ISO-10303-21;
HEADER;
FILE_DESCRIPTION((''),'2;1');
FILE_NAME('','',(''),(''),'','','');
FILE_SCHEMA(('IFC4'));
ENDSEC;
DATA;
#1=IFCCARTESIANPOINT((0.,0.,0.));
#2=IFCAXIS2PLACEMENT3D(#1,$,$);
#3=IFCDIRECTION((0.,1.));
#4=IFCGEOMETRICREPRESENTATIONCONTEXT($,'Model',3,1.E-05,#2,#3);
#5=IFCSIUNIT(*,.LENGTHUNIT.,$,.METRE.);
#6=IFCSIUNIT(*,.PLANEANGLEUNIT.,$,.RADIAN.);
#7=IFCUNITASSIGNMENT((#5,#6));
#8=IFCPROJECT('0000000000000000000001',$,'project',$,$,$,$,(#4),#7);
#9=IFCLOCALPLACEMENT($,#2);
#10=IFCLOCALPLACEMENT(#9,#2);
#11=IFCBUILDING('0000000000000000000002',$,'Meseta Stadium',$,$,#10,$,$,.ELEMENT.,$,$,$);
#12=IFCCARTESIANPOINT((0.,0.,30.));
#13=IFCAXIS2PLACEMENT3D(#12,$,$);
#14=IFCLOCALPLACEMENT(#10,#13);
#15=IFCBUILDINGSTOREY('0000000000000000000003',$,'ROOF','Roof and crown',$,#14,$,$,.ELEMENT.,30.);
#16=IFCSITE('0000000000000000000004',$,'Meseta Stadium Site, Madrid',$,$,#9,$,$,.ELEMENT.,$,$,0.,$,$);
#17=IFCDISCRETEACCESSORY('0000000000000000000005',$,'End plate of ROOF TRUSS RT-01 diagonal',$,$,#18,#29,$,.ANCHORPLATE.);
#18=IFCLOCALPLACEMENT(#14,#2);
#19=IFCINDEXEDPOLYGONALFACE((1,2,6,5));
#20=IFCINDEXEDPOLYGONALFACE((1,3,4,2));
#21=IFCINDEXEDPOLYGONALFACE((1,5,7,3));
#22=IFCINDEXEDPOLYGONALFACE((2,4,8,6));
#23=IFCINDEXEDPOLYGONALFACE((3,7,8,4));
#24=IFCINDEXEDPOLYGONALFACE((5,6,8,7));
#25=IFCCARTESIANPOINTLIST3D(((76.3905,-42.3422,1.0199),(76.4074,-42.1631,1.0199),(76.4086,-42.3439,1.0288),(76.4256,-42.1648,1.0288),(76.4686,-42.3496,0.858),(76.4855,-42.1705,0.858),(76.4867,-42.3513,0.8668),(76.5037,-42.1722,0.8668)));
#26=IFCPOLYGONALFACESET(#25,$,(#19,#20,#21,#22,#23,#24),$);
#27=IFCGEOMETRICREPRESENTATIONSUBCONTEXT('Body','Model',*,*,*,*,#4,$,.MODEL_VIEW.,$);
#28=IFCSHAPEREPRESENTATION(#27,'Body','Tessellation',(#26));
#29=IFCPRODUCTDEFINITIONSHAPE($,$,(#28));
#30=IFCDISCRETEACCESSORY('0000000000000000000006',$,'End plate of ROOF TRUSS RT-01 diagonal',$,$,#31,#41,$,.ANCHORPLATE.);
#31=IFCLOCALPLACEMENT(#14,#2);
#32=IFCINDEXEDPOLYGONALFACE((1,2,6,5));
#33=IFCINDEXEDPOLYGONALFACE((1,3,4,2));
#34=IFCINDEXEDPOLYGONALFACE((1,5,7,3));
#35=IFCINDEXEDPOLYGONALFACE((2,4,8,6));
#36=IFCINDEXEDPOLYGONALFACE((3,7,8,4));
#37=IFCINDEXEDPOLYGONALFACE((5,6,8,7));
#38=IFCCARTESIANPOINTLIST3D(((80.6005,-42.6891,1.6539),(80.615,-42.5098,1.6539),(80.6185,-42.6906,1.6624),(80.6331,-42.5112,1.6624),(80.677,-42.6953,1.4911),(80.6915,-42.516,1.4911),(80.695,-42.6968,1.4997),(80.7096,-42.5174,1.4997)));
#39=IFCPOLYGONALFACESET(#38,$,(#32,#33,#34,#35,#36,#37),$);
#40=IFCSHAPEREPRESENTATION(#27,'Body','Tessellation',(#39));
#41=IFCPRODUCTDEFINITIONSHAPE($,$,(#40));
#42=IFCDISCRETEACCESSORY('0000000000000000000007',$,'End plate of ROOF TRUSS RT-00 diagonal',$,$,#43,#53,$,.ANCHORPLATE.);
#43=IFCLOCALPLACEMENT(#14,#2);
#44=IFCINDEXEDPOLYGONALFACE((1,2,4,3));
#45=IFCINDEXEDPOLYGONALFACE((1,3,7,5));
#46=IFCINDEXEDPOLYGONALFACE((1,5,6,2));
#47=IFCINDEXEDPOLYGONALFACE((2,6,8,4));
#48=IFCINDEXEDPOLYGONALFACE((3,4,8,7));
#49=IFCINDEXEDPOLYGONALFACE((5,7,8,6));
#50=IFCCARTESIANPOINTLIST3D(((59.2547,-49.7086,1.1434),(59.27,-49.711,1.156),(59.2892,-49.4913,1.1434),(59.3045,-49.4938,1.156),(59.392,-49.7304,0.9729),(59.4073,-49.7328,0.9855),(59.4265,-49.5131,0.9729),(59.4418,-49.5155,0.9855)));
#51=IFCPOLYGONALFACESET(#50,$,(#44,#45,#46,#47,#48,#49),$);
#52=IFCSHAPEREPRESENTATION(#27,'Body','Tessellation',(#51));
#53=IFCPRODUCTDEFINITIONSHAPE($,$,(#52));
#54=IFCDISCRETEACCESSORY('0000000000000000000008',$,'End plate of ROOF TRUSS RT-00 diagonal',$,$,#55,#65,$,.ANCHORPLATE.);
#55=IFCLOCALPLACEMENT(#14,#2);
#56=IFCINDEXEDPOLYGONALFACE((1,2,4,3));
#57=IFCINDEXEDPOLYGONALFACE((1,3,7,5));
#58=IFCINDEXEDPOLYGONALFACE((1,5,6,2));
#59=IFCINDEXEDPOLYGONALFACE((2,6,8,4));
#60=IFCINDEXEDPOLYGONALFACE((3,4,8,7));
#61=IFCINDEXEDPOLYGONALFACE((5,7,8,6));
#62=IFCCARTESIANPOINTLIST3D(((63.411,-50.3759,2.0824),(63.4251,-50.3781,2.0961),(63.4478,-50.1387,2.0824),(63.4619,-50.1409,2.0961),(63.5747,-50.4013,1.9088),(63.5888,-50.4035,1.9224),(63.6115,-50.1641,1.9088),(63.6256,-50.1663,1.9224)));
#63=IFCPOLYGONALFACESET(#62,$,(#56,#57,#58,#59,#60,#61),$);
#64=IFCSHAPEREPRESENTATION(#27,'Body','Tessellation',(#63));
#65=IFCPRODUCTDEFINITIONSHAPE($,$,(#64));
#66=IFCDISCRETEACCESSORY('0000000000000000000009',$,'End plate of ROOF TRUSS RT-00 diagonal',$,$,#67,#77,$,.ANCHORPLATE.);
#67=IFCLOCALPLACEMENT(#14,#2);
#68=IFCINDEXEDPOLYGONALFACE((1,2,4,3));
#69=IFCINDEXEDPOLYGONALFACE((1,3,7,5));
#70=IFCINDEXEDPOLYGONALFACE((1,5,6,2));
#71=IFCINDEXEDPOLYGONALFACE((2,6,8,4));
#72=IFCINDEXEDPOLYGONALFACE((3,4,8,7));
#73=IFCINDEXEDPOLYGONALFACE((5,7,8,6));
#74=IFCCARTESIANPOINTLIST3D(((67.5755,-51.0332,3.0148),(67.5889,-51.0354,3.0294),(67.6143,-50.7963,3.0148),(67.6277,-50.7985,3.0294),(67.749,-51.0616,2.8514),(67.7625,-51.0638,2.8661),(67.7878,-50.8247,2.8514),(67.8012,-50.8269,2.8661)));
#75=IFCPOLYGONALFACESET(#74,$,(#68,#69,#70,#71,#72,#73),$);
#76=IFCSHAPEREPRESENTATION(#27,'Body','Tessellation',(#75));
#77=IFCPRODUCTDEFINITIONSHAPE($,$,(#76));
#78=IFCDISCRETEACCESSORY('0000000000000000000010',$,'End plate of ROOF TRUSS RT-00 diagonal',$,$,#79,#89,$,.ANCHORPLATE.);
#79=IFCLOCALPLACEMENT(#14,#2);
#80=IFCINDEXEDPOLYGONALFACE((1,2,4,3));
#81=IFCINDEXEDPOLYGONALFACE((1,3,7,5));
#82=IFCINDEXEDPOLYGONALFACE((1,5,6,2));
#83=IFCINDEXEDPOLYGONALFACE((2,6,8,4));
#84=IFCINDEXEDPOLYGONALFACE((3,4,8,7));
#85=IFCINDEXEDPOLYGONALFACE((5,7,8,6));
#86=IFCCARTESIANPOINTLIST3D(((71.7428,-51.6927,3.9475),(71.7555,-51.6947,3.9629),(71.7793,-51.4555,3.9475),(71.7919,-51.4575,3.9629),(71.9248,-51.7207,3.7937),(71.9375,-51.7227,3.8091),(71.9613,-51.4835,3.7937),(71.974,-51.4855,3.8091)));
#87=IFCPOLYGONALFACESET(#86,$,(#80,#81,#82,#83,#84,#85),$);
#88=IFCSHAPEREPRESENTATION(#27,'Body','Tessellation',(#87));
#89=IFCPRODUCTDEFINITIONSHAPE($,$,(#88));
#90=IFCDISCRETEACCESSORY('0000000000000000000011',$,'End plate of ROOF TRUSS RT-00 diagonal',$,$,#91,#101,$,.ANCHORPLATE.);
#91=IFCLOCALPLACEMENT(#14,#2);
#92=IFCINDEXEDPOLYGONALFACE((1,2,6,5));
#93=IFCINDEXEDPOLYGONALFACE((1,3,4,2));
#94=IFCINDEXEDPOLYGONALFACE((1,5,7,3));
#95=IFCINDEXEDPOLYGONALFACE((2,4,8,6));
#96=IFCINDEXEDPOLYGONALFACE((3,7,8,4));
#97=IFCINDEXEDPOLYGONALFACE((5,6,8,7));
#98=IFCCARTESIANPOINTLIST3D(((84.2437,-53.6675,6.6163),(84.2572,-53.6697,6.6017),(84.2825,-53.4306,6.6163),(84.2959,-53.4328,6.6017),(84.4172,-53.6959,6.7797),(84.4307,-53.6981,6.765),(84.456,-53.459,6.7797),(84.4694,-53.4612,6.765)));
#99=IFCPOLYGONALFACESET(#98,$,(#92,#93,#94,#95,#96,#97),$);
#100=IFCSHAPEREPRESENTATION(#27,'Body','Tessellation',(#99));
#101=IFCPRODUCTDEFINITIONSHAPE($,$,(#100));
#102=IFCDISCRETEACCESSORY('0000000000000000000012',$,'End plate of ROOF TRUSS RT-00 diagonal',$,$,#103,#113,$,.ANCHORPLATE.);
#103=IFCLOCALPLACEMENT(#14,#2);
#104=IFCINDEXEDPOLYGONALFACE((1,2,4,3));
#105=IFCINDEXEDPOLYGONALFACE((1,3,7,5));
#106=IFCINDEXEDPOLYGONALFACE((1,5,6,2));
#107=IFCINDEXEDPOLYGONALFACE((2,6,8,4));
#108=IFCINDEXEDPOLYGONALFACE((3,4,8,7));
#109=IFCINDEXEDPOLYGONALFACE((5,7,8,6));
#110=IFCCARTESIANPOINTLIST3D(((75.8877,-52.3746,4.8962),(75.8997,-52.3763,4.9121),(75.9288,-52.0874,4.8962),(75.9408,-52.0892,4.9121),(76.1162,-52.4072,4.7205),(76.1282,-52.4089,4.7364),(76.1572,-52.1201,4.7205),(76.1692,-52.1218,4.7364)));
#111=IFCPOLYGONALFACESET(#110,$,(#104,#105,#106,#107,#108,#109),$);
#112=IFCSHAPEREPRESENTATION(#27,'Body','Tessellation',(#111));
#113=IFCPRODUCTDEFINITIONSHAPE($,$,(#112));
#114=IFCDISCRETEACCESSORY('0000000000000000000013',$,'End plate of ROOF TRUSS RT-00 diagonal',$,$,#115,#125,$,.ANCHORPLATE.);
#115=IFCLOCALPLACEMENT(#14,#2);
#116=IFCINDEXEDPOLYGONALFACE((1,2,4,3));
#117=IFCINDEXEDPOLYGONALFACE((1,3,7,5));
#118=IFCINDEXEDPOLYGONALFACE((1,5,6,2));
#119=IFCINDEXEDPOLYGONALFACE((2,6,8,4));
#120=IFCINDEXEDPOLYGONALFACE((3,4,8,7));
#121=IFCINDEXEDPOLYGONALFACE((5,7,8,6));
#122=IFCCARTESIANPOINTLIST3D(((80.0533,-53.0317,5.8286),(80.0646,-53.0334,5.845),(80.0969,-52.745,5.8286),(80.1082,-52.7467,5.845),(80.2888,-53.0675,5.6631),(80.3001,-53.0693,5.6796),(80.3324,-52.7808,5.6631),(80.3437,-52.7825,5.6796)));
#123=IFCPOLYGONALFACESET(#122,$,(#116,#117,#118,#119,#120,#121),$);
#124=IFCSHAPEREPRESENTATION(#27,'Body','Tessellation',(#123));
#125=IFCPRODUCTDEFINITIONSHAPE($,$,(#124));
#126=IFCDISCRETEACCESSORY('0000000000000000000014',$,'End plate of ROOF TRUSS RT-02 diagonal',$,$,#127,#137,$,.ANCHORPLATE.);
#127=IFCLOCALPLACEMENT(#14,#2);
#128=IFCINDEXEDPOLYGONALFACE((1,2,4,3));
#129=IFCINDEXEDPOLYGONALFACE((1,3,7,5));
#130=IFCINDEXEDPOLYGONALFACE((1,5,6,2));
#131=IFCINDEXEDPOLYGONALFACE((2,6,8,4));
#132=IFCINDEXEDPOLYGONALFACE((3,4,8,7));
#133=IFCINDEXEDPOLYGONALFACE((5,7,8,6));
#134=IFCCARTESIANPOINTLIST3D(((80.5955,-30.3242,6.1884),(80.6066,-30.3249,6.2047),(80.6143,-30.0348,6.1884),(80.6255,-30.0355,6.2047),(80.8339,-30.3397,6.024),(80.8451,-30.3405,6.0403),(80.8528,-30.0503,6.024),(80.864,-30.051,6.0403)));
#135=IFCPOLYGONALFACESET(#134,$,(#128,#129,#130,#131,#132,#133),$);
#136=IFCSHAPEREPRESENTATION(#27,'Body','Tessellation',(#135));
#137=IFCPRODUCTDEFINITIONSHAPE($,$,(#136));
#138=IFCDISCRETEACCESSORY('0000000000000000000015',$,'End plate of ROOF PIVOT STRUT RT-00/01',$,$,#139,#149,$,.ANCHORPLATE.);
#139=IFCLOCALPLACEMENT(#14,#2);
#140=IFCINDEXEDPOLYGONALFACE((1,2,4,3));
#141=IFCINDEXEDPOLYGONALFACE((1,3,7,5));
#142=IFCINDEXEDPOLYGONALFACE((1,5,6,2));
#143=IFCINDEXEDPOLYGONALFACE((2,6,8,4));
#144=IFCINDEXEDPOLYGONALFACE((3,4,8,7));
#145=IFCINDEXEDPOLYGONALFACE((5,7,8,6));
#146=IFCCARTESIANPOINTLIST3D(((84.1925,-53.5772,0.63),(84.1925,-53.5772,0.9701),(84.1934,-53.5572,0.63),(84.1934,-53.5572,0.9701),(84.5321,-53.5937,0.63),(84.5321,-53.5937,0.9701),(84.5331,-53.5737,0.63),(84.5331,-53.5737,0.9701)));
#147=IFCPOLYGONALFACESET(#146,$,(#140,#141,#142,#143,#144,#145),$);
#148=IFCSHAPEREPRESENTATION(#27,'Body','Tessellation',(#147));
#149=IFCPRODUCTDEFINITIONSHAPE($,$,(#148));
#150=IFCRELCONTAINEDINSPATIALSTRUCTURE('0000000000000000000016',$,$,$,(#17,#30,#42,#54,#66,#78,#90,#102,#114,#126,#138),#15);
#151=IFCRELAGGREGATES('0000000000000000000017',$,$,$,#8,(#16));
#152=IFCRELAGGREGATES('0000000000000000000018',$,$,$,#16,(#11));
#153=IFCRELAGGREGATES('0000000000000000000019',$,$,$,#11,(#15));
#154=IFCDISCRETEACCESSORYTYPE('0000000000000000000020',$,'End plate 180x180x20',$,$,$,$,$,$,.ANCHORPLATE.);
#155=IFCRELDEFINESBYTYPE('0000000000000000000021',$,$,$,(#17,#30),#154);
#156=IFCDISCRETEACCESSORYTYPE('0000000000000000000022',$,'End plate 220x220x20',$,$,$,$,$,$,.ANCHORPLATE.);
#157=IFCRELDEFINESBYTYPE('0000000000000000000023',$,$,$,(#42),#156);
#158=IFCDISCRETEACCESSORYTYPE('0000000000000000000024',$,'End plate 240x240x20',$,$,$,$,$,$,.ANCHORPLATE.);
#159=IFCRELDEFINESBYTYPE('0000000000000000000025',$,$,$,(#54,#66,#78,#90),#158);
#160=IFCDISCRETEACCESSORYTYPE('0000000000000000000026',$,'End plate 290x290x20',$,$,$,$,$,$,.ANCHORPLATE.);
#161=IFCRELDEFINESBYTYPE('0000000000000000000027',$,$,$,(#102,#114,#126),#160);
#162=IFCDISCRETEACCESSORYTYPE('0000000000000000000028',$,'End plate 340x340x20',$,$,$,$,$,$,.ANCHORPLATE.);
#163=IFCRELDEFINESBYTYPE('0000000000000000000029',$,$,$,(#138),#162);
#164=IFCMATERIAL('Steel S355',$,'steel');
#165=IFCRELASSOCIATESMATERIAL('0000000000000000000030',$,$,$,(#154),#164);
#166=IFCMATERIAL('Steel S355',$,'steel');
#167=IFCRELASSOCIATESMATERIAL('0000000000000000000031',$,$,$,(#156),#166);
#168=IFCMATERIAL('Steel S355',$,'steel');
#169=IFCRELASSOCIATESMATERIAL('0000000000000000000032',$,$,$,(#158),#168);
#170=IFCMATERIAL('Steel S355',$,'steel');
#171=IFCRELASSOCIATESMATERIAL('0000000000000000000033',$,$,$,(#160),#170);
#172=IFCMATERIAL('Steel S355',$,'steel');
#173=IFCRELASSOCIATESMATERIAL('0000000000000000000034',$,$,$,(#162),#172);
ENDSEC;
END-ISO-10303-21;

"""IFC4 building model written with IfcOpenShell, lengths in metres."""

from ifc_helpers import new_model, si_unit, direction, frame, origin, origin_2d, place, context, subcontext, project, spatial, rectangle, extrude, material, material_profile, profile_set, type_object, element, save


model = new_model("IFC4")

# Units and contexts
model_context = context("Model", 3, precision=1e-05, world=origin(), true_north=direction((0.0, 1.0)))
body_context = subcontext(model_context, "Body", "Model", "MODEL_VIEW")
ifc_project = project(units=[si_unit("LENGTHUNIT", "METRE"), si_unit("PLANEANGLEUNIT", "RADIAN")], contexts=[model_context])

# Site, building, storey
site_placement = place(None, origin())
site = spatial("IfcSite", under=ifc_project, at=site_placement, Name="Meseta Stadium Site, Madrid", CompositionType="ELEMENT", RefElevation=0.0)
building_placement = place(site_placement, origin())
building = spatial("IfcBuilding", under=site, at=building_placement, Name="Meseta Stadium", CompositionType="ELEMENT")
storey_placement = place(building_placement, frame((0.0, 0.0, 30.0)))
storey = spatial("IfcBuildingStorey", under=building, at=storey_placement, Name="ROOF", Description="Roof and crown", CompositionType="ELEMENT", Elevation=30.0)

# Discrete accessories
ifc_material_1 = material(Name="Steel S355", Category="steel")
ifc_material_profile_1 = material_profile(ifc_material_1, rectangle(XDim=0.1799, YDim=0.1799, at=origin_2d()), Name="PL 180x180")
ifc_profile_set_1 = profile_set([ifc_material_profile_1], Name="Steel S355")
discrete_accessory_type_1 = type_object("IfcDiscreteAccessoryType", Name="End plate 180x180x20", PredefinedType="ANCHORPLATE", material=ifc_profile_set_1)
discrete_accessory_1_placement = place(storey_placement, frame((76.438, -42.2563, 0.939), z_axis=(0.895999, -0.084757, 0.435892), x_axis=(0.094174, 0.995556, 0.0)))
element("IfcDiscreteAccessory", 1, at=discrete_accessory_1_placement, inside=storey, type_object=discrete_accessory_type_1, Name="End plate of ROOF TRUSS RT-01 diagonal", PredefinedType="ANCHORPLATE", context=body_context, shape_type="SweptSolid", body=[
    extrude(rectangle(XDim=0.1799, YDim=0.1799, at=origin_2d()), origin(), (0.0, 0.0, 1.0), 0.0203),
])
discrete_accessory_2_placement = place(storey_placement, frame((80.646, -42.6025, 1.5725), z_axis=(0.901568, -0.0731, 0.426417), x_axis=(0.080816, 0.996729, 0.0)))
element("IfcDiscreteAccessory", 2, at=discrete_accessory_2_placement, inside=storey, type_object=discrete_accessory_type_1, Name="End plate of ROOF TRUSS RT-01 diagonal", PredefinedType="ANCHORPLATE", context=body_context, shape_type="SweptSolid", body=[
    extrude(rectangle(XDim=0.1799, YDim=0.1799, at=origin_2d()), origin(), (0.0, 0.0, 1.0), 0.02),
])
ifc_material_2 = material(Name="Steel S355", Category="steel")
ifc_material_profile_2 = material_profile(ifc_material_2, rectangle(XDim=0.22, YDim=0.22, at=origin_2d()), Name="PL 220x220")
ifc_profile_set_2 = profile_set([ifc_material_profile_2], Name="Steel S355")
discrete_accessory_type_2 = type_object("IfcDiscreteAccessoryType", Name="End plate 220x220x20", PredefinedType="ANCHORPLATE", material=ifc_profile_set_2)
discrete_accessory_3_placement = place(storey_placement, frame((59.3406, -49.6108, 1.0581), z_axis=(0.765508, -0.121509, 0.631848), x_axis=(0.156768, 0.987636, 0.0)))
element("IfcDiscreteAccessory", 3, at=discrete_accessory_3_placement, inside=storey, type_object=discrete_accessory_type_2, Name="End plate of ROOF TRUSS RT-00 diagonal", PredefinedType="ANCHORPLATE", context=body_context, shape_type="SweptSolid", body=[
    extrude(rectangle(XDim=0.22, YDim=0.22, at=origin_2d()), origin(), (0.0, 0.0, 1.0), 0.02),
])
ifc_material_3 = material(Name="Steel S355", Category="steel")
ifc_material_profile_3 = material_profile(ifc_material_3, rectangle(XDim=0.24, YDim=0.24, at=origin_2d()), Name="PL 240x240")
ifc_profile_set_3 = profile_set([ifc_material_profile_3], Name="Steel S355")
discrete_accessory_type_3 = type_object("IfcDiscreteAccessoryType", Name="End plate 240x240x20", PredefinedType="ANCHORPLATE", material=ifc_profile_set_3)
discrete_accessory_4_placement = place(storey_placement, frame((63.5112, -50.27, 1.9956), z_axis=(0.71496, -0.110942, 0.690307), x_axis=(0.153337, 0.988174, 0.0)))
element("IfcDiscreteAccessory", 4, at=discrete_accessory_4_placement, inside=storey, type_object=discrete_accessory_type_3, Name="End plate of ROOF TRUSS RT-00 diagonal", PredefinedType="ANCHORPLATE", context=body_context, shape_type="SweptSolid", body=[
    extrude(rectangle(XDim=0.24, YDim=0.24, at=origin_2d()), origin(), (0.0, 0.0, 1.0), 0.0198),
])
for number, where, z_axis, x_axis, name in (
    (5, (67.6816, -50.929, 2.9331), (0.671631, -0.109903, 0.732689), (0.161489, 0.986875, 0.0), "End plate of ROOF TRUSS RT-00 diagonal"),
    (6, (71.8521, -51.5881, 3.8706), (0.633534, -0.097467, 0.767551), (0.152057, 0.988372, 0.0), "End plate of ROOF TRUSS RT-00 diagonal"),
    (7, (84.3499, -53.5632, 6.698), (0.671631, -0.109903, -0.732689), (0.161489, 0.986875, 0.0), "End plate of ROOF TRUSS RT-00 diagonal"),
):
    element("IfcDiscreteAccessory", number, at=place(storey_placement, frame(where, z_axis=z_axis, x_axis=x_axis)), inside=storey, type_object=discrete_accessory_type_3, Name=name, PredefinedType="ANCHORPLATE", context=body_context, shape_type="SweptSolid", body=[
        extrude(rectangle(XDim=0.24, YDim=0.24, at=origin_2d()), origin(), (0.0, 0.0, 1.0), 0.02),
    ])
ifc_material_4 = material(Name="Steel S355", Category="steel")
ifc_material_profile_4 = material_profile(ifc_material_4, rectangle(XDim=0.29, YDim=0.29, at=origin_2d()), Name="PL 290x290")
ifc_profile_set_4 = profile_set([ifc_material_profile_4], Name="Steel S355")
discrete_accessory_type_4 = type_object("IfcDiscreteAccessoryType", Name="End plate 290x290x20", PredefinedType="ANCHORPLATE", material=ifc_profile_set_4)
for number, where, z_axis, x_axis, name in (
    (8, (76.0225, -52.2473, 4.8083), (0.59975, -0.085679, 0.795587), (0.141421, 0.989949, 0.0), "End plate of ROOF TRUSS RT-00 diagonal"),
    (9, (80.1929, -52.9062, 5.7458), (0.563919, -0.085814, 0.82136), (0.150442, 0.988619, 0.0), "End plate of ROOF TRUSS RT-00 diagonal"),
):
    element("IfcDiscreteAccessory", number, at=place(storey_placement, frame(where, z_axis=z_axis, x_axis=x_axis)), inside=storey, type_object=discrete_accessory_type_4, Name=name, PredefinedType="ANCHORPLATE", context=body_context, shape_type="SweptSolid", body=[
        extrude(rectangle(XDim=0.29, YDim=0.29, at=origin_2d()), origin(), (0.0, 0.0, 1.0), 0.02),
    ])
discrete_accessory_5_placement = place(storey_placement, frame((80.7241, -30.1873, 6.1062), z_axis=(0.565621, -0.036888, 0.82384), x_axis=(0.065079, 0.99788, 0.0)))
element("IfcDiscreteAccessory", 10, at=discrete_accessory_5_placement, inside=storey, type_object=discrete_accessory_type_4, Name="End plate of ROOF TRUSS RT-02 diagonal", PredefinedType="ANCHORPLATE", context=body_context, shape_type="SweptSolid", body=[
    extrude(rectangle(XDim=0.29, YDim=0.29, at=origin_2d()), origin(), (0.0, 0.0, 1.0), 0.0198),
])
ifc_material_5 = material(Name="Steel S355", Category="steel")
ifc_material_profile_5 = material_profile(ifc_material_5, rectangle(XDim=0.3401, YDim=0.3401, at=origin_2d()), Name="PL 340x340")
ifc_profile_set_5 = profile_set([ifc_material_profile_5], Name="Steel S355")
discrete_accessory_type_5 = type_object("IfcDiscreteAccessoryType", Name="End plate 340x340x20", PredefinedType="ANCHORPLATE", material=ifc_profile_set_5)
discrete_accessory_6_placement = place(storey_placement, frame((84.3623, -53.5854, 0.8), z_axis=(0.048723, 0.998812, 0.0), x_axis=(-0.998812, 0.048723, 0.0)))
element("IfcDiscreteAccessory", 11, at=discrete_accessory_6_placement, inside=storey, type_object=discrete_accessory_type_5, Name="End plate of ROOF PIVOT STRUT RT-00/01", PredefinedType="ANCHORPLATE", context=body_context, shape_type="SweptSolid", body=[
    extrude(rectangle(XDim=0.3401, YDim=0.3401, at=origin_2d()), origin(), (0.0, 0.0, 1.0), 0.02),
])

save(model, "model.ifc")
